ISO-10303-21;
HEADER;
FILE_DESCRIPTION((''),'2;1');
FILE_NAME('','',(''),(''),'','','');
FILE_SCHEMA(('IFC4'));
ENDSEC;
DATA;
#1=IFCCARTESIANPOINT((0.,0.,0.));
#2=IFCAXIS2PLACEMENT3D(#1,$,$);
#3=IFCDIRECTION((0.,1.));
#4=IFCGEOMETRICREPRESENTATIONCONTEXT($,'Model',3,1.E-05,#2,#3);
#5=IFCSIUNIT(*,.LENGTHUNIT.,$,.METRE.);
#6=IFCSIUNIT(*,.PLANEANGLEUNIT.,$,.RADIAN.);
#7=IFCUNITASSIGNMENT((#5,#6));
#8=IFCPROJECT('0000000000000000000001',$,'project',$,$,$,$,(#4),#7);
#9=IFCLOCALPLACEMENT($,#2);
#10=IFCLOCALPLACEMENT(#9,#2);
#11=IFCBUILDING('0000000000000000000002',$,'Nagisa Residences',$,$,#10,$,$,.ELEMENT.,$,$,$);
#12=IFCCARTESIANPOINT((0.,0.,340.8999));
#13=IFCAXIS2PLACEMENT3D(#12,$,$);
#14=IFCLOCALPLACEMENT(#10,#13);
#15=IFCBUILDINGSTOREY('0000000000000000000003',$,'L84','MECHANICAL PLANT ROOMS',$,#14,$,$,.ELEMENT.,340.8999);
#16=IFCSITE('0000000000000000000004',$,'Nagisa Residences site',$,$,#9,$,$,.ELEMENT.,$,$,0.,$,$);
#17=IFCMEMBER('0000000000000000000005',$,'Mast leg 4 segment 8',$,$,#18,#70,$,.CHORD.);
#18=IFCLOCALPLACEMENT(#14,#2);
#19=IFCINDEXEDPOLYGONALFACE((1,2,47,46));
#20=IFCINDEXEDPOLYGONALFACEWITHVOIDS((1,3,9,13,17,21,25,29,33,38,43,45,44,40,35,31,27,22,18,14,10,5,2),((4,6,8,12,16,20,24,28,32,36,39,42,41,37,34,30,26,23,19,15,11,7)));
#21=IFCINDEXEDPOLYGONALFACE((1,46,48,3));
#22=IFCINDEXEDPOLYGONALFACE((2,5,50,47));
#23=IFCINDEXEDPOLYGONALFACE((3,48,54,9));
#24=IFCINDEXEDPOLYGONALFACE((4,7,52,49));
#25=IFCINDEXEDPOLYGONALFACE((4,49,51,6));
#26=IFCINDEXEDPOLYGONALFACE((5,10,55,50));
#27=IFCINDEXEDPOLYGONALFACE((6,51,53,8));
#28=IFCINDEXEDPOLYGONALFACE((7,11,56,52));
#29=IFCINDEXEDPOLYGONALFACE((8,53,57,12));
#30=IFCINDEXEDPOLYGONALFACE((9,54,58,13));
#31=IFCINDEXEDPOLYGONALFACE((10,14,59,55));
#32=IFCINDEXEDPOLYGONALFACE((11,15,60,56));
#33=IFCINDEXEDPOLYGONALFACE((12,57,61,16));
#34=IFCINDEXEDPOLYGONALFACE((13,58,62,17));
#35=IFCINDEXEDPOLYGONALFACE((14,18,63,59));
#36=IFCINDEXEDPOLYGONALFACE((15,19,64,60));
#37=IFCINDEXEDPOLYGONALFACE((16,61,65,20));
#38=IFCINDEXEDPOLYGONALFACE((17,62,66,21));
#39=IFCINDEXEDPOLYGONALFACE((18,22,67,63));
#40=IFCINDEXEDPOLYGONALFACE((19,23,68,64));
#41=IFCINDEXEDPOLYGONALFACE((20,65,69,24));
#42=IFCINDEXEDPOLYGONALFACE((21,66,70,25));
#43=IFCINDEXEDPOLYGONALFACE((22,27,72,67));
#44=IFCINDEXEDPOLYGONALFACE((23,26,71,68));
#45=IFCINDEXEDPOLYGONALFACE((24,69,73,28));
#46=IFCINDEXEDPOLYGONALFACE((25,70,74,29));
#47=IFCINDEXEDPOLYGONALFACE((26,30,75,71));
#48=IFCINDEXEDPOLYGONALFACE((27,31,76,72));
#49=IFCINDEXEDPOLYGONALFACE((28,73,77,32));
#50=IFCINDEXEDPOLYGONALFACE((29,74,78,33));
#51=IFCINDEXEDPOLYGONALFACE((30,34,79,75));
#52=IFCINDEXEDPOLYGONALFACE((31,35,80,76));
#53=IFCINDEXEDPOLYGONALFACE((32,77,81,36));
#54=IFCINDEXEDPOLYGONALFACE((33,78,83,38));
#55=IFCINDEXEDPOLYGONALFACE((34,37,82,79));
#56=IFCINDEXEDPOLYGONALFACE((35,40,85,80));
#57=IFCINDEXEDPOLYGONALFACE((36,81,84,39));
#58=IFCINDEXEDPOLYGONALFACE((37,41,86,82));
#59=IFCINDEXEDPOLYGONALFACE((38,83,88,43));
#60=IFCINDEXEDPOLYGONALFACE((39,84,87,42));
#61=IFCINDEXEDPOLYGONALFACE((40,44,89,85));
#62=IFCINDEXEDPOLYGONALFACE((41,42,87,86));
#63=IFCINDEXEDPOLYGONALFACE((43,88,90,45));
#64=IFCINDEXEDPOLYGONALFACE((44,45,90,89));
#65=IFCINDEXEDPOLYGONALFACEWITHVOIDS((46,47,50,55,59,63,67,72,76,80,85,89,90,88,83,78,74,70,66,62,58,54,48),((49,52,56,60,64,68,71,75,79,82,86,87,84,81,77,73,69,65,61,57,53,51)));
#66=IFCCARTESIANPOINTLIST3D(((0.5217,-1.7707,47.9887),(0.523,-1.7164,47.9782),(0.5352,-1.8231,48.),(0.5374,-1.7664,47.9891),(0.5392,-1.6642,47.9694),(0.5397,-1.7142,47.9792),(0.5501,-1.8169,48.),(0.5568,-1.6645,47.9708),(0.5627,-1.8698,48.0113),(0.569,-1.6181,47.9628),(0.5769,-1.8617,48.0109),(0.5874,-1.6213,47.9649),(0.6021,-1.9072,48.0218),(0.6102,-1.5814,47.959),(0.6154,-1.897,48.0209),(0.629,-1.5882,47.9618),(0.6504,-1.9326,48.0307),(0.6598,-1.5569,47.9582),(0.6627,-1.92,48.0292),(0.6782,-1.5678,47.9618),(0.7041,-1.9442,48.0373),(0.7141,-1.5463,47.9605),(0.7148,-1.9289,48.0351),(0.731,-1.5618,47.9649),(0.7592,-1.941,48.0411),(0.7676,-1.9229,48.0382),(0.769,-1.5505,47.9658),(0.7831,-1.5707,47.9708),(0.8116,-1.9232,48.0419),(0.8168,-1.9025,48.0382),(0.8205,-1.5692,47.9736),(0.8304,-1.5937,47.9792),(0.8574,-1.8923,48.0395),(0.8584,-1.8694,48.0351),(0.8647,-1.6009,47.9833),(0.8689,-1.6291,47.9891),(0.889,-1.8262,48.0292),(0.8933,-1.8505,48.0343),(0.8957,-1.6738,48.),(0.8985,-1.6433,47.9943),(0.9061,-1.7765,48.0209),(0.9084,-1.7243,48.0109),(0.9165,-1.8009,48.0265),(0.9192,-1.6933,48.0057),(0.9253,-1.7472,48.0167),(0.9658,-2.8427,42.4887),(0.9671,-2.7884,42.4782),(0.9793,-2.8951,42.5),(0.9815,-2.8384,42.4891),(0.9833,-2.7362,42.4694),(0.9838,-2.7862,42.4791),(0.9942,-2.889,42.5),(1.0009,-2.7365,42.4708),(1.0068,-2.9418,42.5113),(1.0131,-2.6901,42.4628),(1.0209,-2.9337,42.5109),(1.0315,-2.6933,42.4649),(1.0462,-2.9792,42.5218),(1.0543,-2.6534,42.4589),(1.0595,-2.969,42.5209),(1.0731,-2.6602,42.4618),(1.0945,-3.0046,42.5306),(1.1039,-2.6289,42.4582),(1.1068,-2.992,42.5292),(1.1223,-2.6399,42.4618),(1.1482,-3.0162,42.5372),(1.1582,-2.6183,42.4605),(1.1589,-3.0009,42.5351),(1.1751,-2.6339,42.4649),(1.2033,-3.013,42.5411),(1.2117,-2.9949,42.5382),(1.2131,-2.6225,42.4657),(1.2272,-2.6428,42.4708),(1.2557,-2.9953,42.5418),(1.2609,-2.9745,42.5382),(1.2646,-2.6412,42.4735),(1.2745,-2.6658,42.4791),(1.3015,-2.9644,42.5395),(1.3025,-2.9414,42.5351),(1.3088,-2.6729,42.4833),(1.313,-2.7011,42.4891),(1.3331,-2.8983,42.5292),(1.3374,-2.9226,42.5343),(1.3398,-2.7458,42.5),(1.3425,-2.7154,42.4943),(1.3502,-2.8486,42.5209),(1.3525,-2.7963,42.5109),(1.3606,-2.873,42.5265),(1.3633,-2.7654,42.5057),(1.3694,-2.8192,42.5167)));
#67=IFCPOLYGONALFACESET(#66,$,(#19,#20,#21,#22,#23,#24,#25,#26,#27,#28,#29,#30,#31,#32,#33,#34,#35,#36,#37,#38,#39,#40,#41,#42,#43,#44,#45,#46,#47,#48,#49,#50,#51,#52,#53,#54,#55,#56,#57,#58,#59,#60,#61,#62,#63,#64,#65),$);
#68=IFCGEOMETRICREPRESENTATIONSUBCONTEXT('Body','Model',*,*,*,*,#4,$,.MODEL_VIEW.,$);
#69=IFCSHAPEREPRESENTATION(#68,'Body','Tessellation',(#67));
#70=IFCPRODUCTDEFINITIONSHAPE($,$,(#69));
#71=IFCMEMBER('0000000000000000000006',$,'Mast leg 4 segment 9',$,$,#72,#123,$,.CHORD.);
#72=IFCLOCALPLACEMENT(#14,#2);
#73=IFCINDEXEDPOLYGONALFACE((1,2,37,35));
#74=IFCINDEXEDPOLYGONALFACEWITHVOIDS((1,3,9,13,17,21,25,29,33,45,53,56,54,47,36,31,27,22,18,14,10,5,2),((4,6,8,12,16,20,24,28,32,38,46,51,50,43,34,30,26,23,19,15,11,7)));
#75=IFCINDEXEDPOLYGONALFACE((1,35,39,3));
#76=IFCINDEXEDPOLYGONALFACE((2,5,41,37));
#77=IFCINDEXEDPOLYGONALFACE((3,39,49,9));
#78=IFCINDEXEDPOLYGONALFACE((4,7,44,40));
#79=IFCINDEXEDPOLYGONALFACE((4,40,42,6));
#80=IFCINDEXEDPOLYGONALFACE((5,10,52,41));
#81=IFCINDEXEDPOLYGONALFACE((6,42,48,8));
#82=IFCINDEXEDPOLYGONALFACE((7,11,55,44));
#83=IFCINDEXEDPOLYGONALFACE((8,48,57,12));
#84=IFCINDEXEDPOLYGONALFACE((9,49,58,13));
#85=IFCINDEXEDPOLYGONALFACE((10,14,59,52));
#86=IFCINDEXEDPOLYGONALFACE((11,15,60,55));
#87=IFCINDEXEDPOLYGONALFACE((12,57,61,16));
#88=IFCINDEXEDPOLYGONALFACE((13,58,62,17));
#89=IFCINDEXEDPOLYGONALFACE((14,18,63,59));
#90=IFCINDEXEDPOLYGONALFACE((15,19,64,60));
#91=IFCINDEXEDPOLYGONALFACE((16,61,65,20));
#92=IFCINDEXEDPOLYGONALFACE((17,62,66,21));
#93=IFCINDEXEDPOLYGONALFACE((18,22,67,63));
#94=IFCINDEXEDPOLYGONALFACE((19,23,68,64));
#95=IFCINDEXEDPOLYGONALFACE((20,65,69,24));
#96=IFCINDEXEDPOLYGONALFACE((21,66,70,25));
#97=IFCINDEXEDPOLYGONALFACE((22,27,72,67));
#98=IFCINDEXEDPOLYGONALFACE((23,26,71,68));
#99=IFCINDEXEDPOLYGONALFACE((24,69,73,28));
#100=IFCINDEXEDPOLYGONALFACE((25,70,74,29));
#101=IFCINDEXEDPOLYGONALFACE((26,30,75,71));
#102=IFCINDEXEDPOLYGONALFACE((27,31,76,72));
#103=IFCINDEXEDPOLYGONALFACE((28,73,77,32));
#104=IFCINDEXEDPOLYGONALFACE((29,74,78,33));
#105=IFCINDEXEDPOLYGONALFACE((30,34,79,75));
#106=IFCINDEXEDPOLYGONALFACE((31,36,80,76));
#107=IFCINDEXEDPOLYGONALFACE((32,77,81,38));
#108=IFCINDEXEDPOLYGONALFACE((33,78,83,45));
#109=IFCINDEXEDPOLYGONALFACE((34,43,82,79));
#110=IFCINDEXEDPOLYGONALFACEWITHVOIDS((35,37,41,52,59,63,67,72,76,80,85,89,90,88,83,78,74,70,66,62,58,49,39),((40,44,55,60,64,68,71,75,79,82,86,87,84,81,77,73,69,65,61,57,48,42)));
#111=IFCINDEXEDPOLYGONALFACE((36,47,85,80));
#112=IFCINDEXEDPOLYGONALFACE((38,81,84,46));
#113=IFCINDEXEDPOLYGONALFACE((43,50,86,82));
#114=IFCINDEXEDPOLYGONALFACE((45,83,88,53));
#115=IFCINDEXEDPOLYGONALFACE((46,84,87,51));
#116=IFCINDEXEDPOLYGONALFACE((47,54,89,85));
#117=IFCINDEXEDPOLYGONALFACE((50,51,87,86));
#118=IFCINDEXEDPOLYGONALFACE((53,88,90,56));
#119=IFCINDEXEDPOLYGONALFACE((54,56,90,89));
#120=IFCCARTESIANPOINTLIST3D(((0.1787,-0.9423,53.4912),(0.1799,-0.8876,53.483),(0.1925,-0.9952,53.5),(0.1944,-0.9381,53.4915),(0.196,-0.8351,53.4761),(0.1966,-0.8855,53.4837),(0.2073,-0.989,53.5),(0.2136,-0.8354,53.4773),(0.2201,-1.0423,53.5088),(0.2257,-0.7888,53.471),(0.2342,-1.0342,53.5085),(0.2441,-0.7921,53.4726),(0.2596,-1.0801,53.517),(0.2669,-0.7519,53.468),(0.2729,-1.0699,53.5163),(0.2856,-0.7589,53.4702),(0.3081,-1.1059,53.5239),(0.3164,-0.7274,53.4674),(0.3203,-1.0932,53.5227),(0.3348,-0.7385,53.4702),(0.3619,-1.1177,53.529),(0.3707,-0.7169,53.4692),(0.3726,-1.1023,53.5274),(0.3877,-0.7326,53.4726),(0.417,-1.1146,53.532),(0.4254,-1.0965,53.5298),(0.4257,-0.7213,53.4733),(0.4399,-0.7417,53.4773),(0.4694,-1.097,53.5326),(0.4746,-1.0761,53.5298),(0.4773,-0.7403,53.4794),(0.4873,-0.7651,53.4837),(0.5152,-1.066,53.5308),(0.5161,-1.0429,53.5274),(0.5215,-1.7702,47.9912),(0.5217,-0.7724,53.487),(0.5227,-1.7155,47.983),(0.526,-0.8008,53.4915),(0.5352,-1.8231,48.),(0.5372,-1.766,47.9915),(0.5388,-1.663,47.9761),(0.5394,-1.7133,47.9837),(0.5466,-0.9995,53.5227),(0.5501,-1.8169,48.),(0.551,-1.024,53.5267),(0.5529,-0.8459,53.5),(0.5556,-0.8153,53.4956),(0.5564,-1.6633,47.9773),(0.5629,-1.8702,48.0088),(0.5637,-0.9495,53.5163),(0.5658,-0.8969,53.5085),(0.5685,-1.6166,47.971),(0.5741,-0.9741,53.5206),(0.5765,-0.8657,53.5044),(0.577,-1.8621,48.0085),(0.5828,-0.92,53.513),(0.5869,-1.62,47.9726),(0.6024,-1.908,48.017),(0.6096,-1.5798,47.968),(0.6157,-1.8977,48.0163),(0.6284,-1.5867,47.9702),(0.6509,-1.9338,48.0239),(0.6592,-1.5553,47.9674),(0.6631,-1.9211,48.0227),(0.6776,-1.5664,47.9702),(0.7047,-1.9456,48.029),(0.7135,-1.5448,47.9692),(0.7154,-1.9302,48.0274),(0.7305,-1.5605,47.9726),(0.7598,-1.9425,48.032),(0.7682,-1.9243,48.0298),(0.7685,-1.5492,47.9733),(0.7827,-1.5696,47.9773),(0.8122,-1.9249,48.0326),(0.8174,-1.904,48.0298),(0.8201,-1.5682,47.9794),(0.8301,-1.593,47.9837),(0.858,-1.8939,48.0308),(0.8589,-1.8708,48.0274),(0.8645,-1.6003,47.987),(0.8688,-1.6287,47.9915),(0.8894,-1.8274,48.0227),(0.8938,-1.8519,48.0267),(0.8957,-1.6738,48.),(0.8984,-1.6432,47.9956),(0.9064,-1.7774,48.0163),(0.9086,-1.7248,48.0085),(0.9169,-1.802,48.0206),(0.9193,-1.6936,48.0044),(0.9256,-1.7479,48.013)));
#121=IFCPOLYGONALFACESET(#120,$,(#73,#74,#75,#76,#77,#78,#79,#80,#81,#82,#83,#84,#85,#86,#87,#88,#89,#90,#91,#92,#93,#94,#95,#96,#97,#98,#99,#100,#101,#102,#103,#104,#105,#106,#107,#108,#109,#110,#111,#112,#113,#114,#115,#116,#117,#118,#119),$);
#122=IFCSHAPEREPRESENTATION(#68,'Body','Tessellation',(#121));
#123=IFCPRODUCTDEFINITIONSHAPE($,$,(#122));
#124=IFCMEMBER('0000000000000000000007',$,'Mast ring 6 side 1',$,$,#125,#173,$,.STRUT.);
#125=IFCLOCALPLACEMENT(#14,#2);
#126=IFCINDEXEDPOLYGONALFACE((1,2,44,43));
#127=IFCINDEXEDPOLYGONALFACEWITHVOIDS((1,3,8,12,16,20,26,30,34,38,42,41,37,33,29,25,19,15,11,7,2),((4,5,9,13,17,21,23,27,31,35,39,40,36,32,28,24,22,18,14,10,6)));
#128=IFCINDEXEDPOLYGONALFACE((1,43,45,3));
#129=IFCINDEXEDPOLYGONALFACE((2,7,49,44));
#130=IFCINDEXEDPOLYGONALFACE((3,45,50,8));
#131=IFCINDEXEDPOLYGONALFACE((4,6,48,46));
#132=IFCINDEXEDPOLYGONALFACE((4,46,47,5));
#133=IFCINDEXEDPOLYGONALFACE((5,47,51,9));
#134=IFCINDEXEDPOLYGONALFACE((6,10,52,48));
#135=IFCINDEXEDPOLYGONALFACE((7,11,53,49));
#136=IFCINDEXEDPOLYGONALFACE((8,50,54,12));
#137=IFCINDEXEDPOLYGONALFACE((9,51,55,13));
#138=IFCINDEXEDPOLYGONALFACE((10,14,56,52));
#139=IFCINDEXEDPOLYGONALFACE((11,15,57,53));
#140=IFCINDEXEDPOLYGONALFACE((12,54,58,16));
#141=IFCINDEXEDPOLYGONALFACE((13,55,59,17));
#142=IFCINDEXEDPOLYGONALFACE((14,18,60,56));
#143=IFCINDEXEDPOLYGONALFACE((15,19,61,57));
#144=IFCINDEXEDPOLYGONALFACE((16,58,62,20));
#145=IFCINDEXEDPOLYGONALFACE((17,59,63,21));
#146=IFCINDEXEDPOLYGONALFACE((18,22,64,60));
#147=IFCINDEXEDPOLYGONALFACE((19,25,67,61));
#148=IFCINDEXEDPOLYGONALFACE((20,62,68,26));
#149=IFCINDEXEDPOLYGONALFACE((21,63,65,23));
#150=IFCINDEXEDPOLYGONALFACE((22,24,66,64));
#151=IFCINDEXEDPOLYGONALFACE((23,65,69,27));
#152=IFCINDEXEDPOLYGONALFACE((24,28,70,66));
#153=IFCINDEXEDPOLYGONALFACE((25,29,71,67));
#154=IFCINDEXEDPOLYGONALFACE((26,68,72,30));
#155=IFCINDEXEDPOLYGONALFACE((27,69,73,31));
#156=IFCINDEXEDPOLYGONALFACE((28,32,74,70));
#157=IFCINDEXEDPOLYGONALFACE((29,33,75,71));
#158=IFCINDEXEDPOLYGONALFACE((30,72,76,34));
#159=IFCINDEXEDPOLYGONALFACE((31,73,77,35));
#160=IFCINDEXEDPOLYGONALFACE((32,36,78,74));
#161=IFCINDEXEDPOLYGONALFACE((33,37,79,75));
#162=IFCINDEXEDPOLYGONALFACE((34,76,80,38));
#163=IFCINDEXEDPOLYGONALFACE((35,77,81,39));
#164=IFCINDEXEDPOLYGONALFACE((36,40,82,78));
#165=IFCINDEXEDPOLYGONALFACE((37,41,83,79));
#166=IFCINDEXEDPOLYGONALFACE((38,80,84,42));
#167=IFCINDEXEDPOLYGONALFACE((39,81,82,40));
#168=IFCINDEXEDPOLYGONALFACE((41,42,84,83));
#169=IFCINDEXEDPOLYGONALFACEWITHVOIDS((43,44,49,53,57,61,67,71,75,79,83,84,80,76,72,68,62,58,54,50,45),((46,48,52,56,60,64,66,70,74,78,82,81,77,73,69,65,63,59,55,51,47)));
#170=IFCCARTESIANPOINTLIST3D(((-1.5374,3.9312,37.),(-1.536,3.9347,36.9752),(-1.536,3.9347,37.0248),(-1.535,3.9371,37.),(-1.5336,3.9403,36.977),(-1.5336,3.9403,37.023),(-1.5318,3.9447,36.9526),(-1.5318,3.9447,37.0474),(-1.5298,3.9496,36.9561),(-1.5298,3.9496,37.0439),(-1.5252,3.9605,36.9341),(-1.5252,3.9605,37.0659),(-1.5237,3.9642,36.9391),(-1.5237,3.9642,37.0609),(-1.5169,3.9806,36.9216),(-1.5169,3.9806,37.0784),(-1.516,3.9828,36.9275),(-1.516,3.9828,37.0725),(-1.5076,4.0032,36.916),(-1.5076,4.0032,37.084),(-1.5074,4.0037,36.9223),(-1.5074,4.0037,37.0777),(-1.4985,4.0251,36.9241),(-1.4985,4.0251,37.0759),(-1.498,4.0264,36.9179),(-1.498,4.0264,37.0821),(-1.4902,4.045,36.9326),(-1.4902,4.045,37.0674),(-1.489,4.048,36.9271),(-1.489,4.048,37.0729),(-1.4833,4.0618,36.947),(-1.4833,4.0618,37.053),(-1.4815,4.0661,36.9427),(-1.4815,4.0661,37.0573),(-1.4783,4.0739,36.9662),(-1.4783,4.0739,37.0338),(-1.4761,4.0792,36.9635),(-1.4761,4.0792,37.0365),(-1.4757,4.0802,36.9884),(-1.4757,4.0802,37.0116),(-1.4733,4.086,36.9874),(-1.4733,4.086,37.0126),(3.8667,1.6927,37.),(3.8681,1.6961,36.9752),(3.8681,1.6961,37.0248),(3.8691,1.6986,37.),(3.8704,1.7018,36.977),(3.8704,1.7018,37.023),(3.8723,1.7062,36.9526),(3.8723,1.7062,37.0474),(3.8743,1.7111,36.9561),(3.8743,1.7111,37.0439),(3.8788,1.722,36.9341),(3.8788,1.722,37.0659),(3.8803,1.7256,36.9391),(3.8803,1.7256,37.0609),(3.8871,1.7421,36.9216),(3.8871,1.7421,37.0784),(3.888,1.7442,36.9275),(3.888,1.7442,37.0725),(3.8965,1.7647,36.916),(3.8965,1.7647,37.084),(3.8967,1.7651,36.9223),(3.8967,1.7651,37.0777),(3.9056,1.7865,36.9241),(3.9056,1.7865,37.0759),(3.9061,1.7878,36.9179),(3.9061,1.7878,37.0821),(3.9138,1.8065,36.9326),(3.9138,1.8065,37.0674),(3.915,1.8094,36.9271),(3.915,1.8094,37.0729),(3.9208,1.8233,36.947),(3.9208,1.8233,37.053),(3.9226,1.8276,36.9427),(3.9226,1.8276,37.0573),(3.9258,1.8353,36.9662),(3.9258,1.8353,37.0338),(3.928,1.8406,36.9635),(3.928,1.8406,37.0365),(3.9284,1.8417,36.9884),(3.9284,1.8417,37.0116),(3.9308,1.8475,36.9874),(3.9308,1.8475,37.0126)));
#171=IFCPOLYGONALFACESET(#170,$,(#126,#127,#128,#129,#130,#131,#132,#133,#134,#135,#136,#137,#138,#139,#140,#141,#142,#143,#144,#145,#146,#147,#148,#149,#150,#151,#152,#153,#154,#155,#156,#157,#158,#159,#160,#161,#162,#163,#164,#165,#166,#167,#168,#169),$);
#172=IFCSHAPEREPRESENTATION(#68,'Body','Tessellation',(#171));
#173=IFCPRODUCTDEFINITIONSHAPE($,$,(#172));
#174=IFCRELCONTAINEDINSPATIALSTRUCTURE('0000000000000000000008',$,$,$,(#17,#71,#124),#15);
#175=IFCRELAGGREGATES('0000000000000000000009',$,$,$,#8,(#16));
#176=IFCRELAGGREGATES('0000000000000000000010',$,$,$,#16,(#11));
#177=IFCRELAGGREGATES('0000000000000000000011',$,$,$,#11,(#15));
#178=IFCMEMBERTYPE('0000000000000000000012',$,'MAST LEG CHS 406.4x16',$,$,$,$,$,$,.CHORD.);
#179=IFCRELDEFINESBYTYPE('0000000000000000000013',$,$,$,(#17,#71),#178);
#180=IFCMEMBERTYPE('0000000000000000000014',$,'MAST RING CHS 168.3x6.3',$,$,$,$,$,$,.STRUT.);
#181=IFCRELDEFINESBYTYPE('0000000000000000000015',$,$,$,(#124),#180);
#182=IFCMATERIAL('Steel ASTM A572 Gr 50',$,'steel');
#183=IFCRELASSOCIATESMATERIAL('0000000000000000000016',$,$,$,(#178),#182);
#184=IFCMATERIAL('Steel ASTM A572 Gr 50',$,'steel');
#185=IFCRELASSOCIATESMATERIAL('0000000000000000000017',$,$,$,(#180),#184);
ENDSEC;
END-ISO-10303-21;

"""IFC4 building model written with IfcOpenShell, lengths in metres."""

from ifc_helpers import new_model, si_unit, direction, frame, origin, origin_2d, place, context, subcontext, project, spatial, hollow_circle, extrude, material, material_profile, profile_set, type_object, element, save


model = new_model("IFC4")

# Units and contexts
model_context = context("Model", 3, precision=1e-05, world=origin(), true_north=direction((0.0, 1.0)))
body_context = subcontext(model_context, "Body", "Model", "MODEL_VIEW")
ifc_project = project(units=[si_unit("LENGTHUNIT", "METRE"), si_unit("PLANEANGLEUNIT", "RADIAN")], contexts=[model_context])

# Site, building, storey
site_placement = place(None, origin())
site = spatial("IfcSite", under=ifc_project, at=site_placement, Name="Nagisa Residences site", CompositionType="ELEMENT", RefElevation=0.0)
building_placement = place(site_placement, origin())
building = spatial("IfcBuilding", under=site, at=building_placement, Name="Nagisa Residences", CompositionType="ELEMENT")
storey_placement = place(building_placement, frame((0.0, 0.0, 340.8999)))
storey = spatial("IfcBuildingStorey", under=building, at=storey_placement, Name="L84", Description="MECHANICAL PLANT ROOMS", CompositionType="ELEMENT", Elevation=340.8999)

# Members
ifc_material_1 = material(Name="Steel ASTM A572 Gr 50", Category="steel")
ifc_material_profile_1 = material_profile(ifc_material_1, hollow_circle(Radius=0.2031, WallThickness=0.0161, at=origin_2d()), Name="MAST LEG CHS 406.4x16")
ifc_profile_set_1 = profile_set([ifc_material_profile_1], Name="Steel ASTM A572 Gr 50")
member_type_1 = type_object("IfcMemberType", Name="MAST LEG CHS 406.4x16", PredefinedType="CHORD", material=ifc_profile_set_1)
member_1_placement = place(storey_placement, frame((1.167, -2.8174, 42.5), z_axis=(-0.079005, 0.190715, 0.978461), x_axis=(-0.923866, -0.382717, 0.0)))
element("IfcMember", 1, at=member_1_placement, inside=storey, type_object=member_type_1, Name="Mast leg 4 segment 8", PredefinedType="CHORD", context=body_context, shape_type="SweptSolid", body=[
    extrude(hollow_circle(Radius=0.2031, WallThickness=0.0161, at=origin_2d()), origin(), (0.0, 0.0, 1.0), 5.6211),
])
member_2_placement = place(storey_placement, frame((0.7229, -1.7454, 48.0), z_axis=(-0.061511, 0.148565, 0.986988), x_axis=(-0.923937, -0.382544, 0.0)))
element("IfcMember", 2, at=member_2_placement, inside=storey, type_object=member_type_1, Name="Mast leg 4 segment 9", PredefinedType="CHORD", context=body_context, shape_type="SweptSolid", body=[
    extrude(hollow_circle(Radius=0.2031, WallThickness=0.0161, at=origin_2d()), origin(), (0.0, 0.0, 1.0), 5.5725),
])
ifc_material_2 = material(Name="Steel ASTM A572 Gr 50", Category="steel")
ifc_material_profile_2 = material_profile(ifc_material_2, hollow_circle(Radius=0.0842, WallThickness=0.0063, at=origin_2d()), Name="MAST RING CHS 168.3x6.3")
ifc_profile_set_2 = profile_set([ifc_material_profile_2], Name="Steel ASTM A572 Gr 50")
member_type_2 = type_object("IfcMemberType", Name="MAST RING CHS 168.3x6.3", PredefinedType="STRUT", material=ifc_profile_set_2)
for number, where, z_axis, x_axis, name in (
    (3, (3.8989, 1.7705, 37.0), (-0.923874, 0.382697, 0.0), (-0.382697, -0.923874, 0.0), "Mast ring 6 side 1"),
):
    element("IfcMember", number, at=place(storey_placement, frame(where, z_axis=z_axis, x_axis=x_axis)), inside=storey, type_object=member_type_2, Name=name, PredefinedType="STRUT", context=body_context, shape_type="SweptSolid", body=[
        extrude(hollow_circle(Radius=0.0842, WallThickness=0.0063, at=origin_2d()), origin(), (0.0, 0.0, 1.0), 5.8494),
    ])

save(model, "model.ifc")
